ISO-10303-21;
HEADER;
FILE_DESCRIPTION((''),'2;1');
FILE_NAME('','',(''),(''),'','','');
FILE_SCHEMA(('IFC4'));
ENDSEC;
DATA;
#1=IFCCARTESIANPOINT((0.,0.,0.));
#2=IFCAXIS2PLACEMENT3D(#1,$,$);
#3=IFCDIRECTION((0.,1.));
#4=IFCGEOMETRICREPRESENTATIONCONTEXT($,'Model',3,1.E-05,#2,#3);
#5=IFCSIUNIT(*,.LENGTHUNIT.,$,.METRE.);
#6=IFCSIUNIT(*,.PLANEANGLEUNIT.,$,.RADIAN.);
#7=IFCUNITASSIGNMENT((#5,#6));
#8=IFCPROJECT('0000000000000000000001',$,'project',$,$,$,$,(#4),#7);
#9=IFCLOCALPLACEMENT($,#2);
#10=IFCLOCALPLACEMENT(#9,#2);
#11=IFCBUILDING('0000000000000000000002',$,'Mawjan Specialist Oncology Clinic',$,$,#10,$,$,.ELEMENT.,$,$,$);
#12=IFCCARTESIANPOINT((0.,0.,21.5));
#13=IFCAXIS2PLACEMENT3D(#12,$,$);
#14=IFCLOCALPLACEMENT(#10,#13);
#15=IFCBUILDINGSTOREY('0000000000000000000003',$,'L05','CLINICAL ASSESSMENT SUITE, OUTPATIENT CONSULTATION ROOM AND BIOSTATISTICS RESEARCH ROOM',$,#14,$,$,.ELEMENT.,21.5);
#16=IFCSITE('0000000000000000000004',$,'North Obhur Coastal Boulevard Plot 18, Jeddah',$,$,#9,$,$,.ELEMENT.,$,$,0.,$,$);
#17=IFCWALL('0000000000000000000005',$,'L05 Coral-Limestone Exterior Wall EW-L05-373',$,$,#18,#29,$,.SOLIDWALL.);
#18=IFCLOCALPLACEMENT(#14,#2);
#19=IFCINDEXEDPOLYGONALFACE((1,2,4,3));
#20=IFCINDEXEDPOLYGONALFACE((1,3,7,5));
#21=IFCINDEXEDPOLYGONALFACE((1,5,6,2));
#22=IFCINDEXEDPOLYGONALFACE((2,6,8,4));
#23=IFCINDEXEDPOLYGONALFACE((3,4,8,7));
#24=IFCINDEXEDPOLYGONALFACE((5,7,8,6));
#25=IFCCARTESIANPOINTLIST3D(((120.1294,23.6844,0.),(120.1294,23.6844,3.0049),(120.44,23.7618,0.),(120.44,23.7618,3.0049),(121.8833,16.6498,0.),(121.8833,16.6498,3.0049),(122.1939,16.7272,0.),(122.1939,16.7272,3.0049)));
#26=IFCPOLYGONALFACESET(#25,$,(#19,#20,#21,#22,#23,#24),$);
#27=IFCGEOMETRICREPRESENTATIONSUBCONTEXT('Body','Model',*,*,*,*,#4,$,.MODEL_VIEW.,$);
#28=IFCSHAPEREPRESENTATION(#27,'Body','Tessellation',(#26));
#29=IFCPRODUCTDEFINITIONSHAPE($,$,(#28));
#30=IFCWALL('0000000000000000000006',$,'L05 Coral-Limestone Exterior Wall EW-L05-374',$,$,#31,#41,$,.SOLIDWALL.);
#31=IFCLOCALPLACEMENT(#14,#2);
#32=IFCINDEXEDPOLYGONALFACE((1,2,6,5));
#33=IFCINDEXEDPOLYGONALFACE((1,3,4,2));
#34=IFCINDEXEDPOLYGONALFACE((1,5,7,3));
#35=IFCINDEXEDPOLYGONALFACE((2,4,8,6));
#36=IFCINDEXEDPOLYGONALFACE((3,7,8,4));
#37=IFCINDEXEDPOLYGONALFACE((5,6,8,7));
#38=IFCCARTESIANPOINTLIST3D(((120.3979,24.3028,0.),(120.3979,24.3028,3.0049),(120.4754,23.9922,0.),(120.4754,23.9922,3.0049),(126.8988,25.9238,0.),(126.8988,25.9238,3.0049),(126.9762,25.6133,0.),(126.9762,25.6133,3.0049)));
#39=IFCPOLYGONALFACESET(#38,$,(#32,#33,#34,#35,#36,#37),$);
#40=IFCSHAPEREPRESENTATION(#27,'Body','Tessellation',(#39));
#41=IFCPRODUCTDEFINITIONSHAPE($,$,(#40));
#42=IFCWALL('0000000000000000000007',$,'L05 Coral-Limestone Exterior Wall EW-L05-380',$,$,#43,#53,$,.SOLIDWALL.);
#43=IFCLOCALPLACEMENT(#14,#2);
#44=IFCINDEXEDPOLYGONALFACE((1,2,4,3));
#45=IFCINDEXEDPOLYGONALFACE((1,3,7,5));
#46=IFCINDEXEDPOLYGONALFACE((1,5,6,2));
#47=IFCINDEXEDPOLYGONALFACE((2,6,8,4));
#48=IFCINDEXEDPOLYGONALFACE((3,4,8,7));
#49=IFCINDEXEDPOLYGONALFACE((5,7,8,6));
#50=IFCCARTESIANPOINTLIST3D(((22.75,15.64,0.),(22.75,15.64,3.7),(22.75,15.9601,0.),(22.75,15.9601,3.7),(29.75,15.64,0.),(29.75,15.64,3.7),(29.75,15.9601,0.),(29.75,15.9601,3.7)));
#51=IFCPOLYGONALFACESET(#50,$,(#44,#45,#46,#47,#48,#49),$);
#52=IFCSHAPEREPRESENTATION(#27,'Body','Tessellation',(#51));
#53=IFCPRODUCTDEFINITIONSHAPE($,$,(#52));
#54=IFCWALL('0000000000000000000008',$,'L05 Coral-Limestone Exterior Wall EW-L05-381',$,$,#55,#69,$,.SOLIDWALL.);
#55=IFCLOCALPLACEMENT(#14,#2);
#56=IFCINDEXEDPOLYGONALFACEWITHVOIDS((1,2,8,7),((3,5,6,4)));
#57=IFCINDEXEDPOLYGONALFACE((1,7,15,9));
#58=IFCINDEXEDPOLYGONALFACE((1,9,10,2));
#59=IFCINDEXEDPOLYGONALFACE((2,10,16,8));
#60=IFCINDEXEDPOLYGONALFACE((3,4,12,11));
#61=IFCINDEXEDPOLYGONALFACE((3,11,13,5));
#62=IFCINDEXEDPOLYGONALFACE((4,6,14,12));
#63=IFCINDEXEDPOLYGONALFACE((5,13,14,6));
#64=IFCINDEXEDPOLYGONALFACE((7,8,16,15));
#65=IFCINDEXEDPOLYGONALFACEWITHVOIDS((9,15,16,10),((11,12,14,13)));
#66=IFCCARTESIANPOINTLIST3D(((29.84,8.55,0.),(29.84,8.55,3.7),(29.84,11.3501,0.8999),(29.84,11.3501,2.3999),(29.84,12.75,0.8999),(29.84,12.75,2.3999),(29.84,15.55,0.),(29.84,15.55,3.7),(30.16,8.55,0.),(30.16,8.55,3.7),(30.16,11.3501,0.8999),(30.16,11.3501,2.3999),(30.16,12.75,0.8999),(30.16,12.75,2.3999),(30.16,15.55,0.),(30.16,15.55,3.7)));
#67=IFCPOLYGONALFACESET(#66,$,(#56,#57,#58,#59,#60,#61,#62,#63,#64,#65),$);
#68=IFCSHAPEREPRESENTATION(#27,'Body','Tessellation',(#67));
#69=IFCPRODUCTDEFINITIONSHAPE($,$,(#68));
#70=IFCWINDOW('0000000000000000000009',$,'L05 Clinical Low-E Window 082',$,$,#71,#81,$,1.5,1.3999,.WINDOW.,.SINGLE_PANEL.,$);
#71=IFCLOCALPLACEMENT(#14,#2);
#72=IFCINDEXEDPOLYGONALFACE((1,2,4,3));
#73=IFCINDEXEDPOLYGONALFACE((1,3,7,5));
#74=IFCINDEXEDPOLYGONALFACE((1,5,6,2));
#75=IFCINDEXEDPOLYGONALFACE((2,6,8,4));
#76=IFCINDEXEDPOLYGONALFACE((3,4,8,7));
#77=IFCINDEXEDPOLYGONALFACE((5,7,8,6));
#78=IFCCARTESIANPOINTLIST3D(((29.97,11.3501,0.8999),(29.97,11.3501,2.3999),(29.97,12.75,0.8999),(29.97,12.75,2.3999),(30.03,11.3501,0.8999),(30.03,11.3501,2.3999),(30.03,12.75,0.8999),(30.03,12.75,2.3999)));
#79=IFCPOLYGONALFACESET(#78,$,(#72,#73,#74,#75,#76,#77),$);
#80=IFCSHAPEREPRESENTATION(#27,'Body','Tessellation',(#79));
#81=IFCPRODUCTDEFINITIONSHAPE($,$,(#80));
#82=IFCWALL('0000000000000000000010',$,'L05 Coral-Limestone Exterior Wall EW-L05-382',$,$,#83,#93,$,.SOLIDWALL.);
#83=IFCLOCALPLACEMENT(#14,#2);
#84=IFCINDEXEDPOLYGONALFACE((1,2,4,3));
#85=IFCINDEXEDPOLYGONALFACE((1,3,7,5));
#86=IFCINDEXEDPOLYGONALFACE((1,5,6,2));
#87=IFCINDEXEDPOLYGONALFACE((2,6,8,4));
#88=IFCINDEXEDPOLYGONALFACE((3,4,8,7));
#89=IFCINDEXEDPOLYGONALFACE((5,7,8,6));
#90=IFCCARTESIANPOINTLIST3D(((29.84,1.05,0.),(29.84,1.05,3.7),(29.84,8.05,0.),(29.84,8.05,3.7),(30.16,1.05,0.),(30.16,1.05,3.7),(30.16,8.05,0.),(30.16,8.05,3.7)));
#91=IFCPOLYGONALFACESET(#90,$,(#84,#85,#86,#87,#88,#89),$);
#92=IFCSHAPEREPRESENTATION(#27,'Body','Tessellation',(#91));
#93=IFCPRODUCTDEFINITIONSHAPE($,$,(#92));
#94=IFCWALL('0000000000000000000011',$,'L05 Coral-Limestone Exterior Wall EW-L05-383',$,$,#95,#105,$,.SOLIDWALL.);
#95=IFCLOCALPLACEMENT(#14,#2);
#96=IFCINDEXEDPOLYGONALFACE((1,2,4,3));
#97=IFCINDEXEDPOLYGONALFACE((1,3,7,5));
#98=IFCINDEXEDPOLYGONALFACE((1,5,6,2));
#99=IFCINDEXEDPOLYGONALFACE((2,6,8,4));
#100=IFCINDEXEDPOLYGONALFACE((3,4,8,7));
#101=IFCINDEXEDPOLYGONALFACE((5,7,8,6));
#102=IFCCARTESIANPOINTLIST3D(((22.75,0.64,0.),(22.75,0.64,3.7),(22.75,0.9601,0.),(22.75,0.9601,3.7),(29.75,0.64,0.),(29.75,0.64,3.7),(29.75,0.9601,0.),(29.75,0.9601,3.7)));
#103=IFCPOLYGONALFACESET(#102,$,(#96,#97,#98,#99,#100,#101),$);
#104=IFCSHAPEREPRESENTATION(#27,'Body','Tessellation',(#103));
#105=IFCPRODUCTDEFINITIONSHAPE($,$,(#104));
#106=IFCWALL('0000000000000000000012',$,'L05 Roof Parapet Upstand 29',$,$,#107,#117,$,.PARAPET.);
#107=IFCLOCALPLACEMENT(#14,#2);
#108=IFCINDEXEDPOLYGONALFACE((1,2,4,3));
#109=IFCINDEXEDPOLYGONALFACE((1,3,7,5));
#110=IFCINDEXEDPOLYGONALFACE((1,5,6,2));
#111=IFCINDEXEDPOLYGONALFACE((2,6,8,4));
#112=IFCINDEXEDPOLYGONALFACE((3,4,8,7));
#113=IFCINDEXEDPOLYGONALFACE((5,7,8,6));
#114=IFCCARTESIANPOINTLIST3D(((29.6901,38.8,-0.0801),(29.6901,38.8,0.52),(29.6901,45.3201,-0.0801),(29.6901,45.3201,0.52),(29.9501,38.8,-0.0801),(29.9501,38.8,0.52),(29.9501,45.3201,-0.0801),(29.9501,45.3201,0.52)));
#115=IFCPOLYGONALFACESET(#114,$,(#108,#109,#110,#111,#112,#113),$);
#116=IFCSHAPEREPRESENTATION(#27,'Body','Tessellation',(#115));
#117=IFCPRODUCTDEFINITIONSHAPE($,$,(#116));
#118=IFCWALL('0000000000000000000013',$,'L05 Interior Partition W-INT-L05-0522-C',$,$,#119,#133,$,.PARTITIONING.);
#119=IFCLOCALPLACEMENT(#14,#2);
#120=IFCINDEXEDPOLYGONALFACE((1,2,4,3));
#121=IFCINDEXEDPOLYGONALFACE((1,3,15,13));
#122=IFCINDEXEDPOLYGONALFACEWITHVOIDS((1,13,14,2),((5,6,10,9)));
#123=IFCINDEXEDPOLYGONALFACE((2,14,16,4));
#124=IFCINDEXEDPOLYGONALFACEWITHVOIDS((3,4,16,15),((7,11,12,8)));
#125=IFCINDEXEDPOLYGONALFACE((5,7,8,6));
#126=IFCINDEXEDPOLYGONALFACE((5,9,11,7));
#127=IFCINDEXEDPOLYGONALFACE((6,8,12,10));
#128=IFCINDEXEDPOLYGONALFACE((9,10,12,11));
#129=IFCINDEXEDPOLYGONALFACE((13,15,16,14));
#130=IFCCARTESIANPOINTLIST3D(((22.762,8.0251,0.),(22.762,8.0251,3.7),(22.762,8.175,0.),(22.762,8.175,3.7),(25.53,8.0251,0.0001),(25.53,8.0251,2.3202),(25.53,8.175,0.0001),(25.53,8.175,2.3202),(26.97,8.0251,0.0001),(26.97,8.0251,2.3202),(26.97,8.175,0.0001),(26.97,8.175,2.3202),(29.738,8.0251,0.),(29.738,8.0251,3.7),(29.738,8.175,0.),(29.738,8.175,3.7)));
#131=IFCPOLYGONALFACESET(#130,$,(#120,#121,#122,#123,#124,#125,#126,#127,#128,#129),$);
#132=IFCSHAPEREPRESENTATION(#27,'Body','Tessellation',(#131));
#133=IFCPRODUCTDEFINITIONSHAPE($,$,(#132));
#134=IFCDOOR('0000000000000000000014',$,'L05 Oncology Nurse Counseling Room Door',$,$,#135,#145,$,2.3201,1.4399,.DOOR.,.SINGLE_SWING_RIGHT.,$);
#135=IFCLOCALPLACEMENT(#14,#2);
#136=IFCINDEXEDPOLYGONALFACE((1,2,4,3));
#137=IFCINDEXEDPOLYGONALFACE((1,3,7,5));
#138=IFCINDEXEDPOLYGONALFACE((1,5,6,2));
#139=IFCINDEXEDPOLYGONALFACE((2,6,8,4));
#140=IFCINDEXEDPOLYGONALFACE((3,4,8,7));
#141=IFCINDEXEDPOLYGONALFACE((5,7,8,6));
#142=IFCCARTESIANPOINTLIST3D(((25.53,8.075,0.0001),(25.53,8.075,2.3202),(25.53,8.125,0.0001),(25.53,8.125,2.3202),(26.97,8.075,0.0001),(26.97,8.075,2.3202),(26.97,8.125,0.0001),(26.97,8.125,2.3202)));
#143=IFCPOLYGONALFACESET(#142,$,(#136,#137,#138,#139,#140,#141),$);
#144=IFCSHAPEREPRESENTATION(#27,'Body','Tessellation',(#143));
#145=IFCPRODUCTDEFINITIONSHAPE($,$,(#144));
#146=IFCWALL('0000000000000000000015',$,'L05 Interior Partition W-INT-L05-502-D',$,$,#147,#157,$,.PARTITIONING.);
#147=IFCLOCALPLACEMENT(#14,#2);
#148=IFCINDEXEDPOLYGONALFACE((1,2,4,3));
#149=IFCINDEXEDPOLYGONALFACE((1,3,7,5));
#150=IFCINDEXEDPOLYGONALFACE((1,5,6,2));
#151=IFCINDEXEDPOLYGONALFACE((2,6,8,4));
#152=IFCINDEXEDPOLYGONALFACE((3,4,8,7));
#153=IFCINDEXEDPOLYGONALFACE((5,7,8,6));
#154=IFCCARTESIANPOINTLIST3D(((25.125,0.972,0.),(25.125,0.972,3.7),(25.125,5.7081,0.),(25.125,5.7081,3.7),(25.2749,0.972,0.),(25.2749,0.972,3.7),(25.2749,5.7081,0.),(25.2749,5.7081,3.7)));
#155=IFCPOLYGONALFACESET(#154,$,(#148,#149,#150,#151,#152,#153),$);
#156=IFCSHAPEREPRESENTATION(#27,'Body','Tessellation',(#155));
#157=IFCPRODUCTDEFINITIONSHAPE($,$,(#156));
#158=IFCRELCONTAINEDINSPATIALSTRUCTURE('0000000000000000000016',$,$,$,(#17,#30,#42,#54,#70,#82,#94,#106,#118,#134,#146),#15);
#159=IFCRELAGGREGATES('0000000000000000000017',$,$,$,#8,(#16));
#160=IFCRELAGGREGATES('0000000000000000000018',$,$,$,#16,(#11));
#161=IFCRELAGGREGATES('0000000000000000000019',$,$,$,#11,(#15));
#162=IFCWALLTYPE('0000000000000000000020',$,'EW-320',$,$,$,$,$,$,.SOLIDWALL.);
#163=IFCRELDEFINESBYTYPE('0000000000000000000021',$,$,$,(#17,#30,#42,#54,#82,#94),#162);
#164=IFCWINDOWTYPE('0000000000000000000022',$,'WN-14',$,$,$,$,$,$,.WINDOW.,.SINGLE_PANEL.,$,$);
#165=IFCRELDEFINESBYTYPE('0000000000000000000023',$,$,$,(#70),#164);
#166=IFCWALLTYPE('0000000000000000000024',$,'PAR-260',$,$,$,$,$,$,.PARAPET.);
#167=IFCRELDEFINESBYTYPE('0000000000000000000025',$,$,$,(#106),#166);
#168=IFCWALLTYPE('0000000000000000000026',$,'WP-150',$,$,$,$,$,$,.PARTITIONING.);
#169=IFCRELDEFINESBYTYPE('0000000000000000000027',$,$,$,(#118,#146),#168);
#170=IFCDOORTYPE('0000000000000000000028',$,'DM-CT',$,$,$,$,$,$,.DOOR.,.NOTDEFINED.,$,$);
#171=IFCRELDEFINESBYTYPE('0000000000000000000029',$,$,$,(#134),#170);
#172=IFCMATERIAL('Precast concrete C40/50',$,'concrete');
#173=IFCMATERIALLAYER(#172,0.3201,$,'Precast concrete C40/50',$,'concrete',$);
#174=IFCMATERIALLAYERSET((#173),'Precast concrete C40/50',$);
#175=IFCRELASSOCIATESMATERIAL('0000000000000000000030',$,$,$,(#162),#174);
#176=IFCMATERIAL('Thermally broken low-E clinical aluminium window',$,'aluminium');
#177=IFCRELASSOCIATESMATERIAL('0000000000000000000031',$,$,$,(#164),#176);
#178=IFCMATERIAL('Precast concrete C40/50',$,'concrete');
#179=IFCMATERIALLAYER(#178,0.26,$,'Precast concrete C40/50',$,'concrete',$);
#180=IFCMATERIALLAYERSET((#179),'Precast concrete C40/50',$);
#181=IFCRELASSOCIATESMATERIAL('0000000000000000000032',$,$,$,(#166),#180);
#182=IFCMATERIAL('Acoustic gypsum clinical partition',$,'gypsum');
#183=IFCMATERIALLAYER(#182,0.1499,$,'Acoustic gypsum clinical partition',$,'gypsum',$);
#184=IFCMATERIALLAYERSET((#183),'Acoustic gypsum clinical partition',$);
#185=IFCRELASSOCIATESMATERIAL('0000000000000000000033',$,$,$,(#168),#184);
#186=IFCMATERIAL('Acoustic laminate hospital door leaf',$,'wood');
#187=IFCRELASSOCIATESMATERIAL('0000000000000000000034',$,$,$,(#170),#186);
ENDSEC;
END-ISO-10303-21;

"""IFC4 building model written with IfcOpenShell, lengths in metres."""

from ifc_helpers import new_model, si_unit, direction, frame, frame_2d, origin, place, context, subcontext, project, spatial, rectangle, extrude, material, layer, layer_set, type_object, element, fill, save


model = new_model("IFC4")

# Units and contexts
model_context = context("Model", 3, precision=1e-05, world=origin(), true_north=direction((0.0, 1.0)))
body_context = subcontext(model_context, "Body", "Model", "MODEL_VIEW")
ifc_project = project(units=[si_unit("LENGTHUNIT", "METRE"), si_unit("PLANEANGLEUNIT", "RADIAN")], contexts=[model_context])

# Site, building, storey
site_placement = place(None, origin())
site = spatial("IfcSite", under=ifc_project, at=site_placement, Name="North Obhur Coastal Boulevard Plot 18, Jeddah", CompositionType="ELEMENT", RefElevation=0.0)
building_placement = place(site_placement, origin())
building = spatial("IfcBuilding", under=site, at=building_placement, Name="Mawjan Specialist Oncology Clinic", CompositionType="ELEMENT")
storey_placement = place(building_placement, frame((0.0, 0.0, 21.5)))
storey = spatial("IfcBuildingStorey", under=building, at=storey_placement, Name="L05", Description="CLINICAL ASSESSMENT SUITE, OUTPATIENT CONSULTATION ROOM AND BIOSTATISTICS RESEARCH ROOM", CompositionType="ELEMENT", Elevation=21.5)

# Walls
ifc_material_1 = material(Name="Precast concrete C40/50", Category="concrete")
ifc_layer_1 = layer(ifc_material_1, 0.3201, Name="Precast concrete C40/50", Category="concrete")
ifc_layer_set_1 = layer_set([ifc_layer_1], Name="Precast concrete C40/50")
wall_type_1 = type_object("IfcWallType", Name="EW-320", PredefinedType="SOLIDWALL", material=ifc_layer_set_1)
wall_1_placement = place(storey_placement, frame((122.0386, 16.6885, 0.0), z_axis=(0.0, 0.0, 1.0), x_axis=(-0.241918, 0.970297, 0.0)))
element("IfcWall", 1, at=wall_1_placement, inside=storey, type_object=wall_type_1, Name="L05 Coral-Limestone Exterior Wall EW-L05-373", PredefinedType="SOLIDWALL", context=body_context, shape_type="SweptSolid", body=[
    extrude(rectangle(XDim=7.25, YDim=0.3201, at=frame_2d((3.625, 0.0))), origin(), (0.0, 0.0, 1.0), 3.0049),
])
wall_2_placement = place(storey_placement, frame((120.4365, 24.1475, 0.0), z_axis=(0.0, 0.0, 1.0), x_axis=(0.970288, 0.241953, 0.0)))
element("IfcWall", 2, at=wall_2_placement, inside=storey, type_object=wall_type_1, Name="L05 Coral-Limestone Exterior Wall EW-L05-374", PredefinedType="SOLIDWALL", context=body_context, shape_type="SweptSolid", body=[
    extrude(rectangle(XDim=6.7, YDim=0.3201, at=frame_2d((3.3501, 0.0))), origin(), (0.0, 0.0, 1.0), 3.0049),
])
wall_3_placement = place(storey_placement, frame((22.75, 15.8, 0.0), z_axis=(0.0, 0.0, 1.0), x_axis=(1.0, 0.0, 0.0)))
element("IfcWall", 3, at=wall_3_placement, inside=storey, type_object=wall_type_1, Name="L05 Coral-Limestone Exterior Wall EW-L05-380", PredefinedType="SOLIDWALL", context=body_context, shape_type="SweptSolid", body=[
    extrude(rectangle(XDim=7.0, YDim=0.3201, at=frame_2d((3.5, 0.0))), origin(), (0.0, 0.0, 1.0), 3.7),
])

# Wall, opening, window
wall_4_placement = place(storey_placement, frame((30.0, 15.55, 0.0), z_axis=(0.0, 0.0, 1.0), x_axis=(0.0, -1.0, 0.0)))
wall_4 = element("IfcWall", 4, at=wall_4_placement, inside=storey, type_object=wall_type_1, Name="L05 Coral-Limestone Exterior Wall EW-L05-381", PredefinedType="SOLIDWALL", context=body_context, shape_type="SweptSolid", body=[
    extrude(rectangle(XDim=7.0, YDim=0.3201, at=frame_2d((3.5, 0.0))), origin(), (0.0, 0.0, 1.0), 3.7),
])
opening_1_placement = place(wall_4_placement, frame((2.8, 0.0, 0.8999)))
opening_1 = element("IfcOpeningElement", 5, at=opening_1_placement, cuts=wall_4, PredefinedType="OPENING", context=body_context, shape_type="SweptSolid", body=[
    extrude(rectangle(XDim=1.3999, YDim=1.5, at=frame_2d((0.7, 0.75))), frame((0.0, 0.1721, 0.0), z_axis=(0.0, -1.0, 0.0), x_axis=(1.0, 0.0, 0.0)), (0.0, 0.0, 1.0), 0.344),
])
ifc_material_2 = material(Name="Thermally broken low-E clinical aluminium window", Category="aluminium")
window_type = type_object("IfcWindowType", Name="WN-14", PartitioningType="SINGLE_PANEL", PredefinedType="WINDOW", material=ifc_material_2)
window_placement = place(opening_1_placement, origin())
window = element("IfcWindow", 6, at=window_placement, inside=storey, type_object=window_type, Name="L05 Clinical Low-E Window 082", OverallHeight=1.5, OverallWidth=1.3999, PartitioningType="SINGLE_PANEL", PredefinedType="WINDOW", context=body_context, shape_type="SweptSolid", body=[
    extrude(rectangle(XDim=1.3999, YDim=1.5, at=frame_2d((0.7, 0.75))), frame((0.0, 0.03, 0.0), z_axis=(0.0, -1.0, 0.0), x_axis=(1.0, 0.0, 0.0)), (0.0, 0.0, 1.0), 0.0601),
])
fill(opening_1, window)

# Walls
for number, where, z_axis, x_axis, name in (
    (7, (30.0, 8.05, 0.0), (0.0, 0.0, 1.0), (0.0, -1.0, 0.0), "L05 Coral-Limestone Exterior Wall EW-L05-382"),
    (8, (29.75, 0.8, 0.0), (0.0, 0.0, 1.0), (-1.0, 0.0, 0.0), "L05 Coral-Limestone Exterior Wall EW-L05-383"),
):
    element("IfcWall", number, at=place(storey_placement, frame(where, z_axis=z_axis, x_axis=x_axis)), inside=storey, type_object=wall_type_1, Name=name, PredefinedType="SOLIDWALL", context=body_context, shape_type="SweptSolid", body=[
        extrude(rectangle(XDim=7.0, YDim=0.3201, at=frame_2d((3.5, 0.0))), origin(), (0.0, 0.0, 1.0), 3.7),
    ])
ifc_material_3 = material(Name="Precast concrete C40/50", Category="concrete")
ifc_layer_2 = layer(ifc_material_3, 0.26, Name="Precast concrete C40/50", Category="concrete")
ifc_layer_set_2 = layer_set([ifc_layer_2], Name="Precast concrete C40/50")
wall_type_2 = type_object("IfcWallType", Name="PAR-260", PredefinedType="PARAPET", material=ifc_layer_set_2)
wall_5_placement = place(storey_placement, frame((29.8201, 45.3201, -0.0801), z_axis=(0.0, 0.0, 1.0), x_axis=(0.0, -1.0, 0.0)))
element("IfcWall", 9, at=wall_5_placement, inside=storey, type_object=wall_type_2, Name="L05 Roof Parapet Upstand 29", PredefinedType="PARAPET", context=body_context, shape_type="SweptSolid", body=[
    extrude(rectangle(XDim=6.52, YDim=0.26, at=frame_2d((3.26, 0.0))), origin(), (0.0, 0.0, 1.0), 0.6001),
])

# Wall, opening, door
ifc_material_4 = material(Name="Acoustic gypsum clinical partition", Category="gypsum")
ifc_layer_3 = layer(ifc_material_4, 0.1499, Name="Acoustic gypsum clinical partition", Category="gypsum")
ifc_layer_set_3 = layer_set([ifc_layer_3], Name="Acoustic gypsum clinical partition")
wall_type_3 = type_object("IfcWallType", Name="WP-150", PredefinedType="PARTITIONING", material=ifc_layer_set_3)
wall_6_placement = place(storey_placement, frame((22.762, 8.1001, 0.0), z_axis=(0.0, 0.0, 1.0), x_axis=(1.0, 0.0, 0.0)))
wall_6 = element("IfcWall", 10, at=wall_6_placement, inside=storey, type_object=wall_type_3, Name="L05 Interior Partition W-INT-L05-0522-C", PredefinedType="PARTITIONING", context=body_context, shape_type="SweptSolid", body=[
    extrude(rectangle(XDim=6.9761, YDim=0.1499, at=frame_2d((3.488, 0.0))), origin(), (0.0, 0.0, 1.0), 3.7),
])
opening_2_placement = place(wall_6_placement, frame((2.7681, 0.0, 0.0)))
opening_2 = element("IfcOpeningElement", 11, at=opening_2_placement, cuts=wall_6, PredefinedType="OPENING", context=body_context, shape_type="SweptSolid", body=[
    extrude(rectangle(XDim=1.4399, YDim=2.3201, at=frame_2d((0.72, 1.1602))), frame((0.0, 0.0869, 0.0), z_axis=(0.0, -1.0, 0.0), x_axis=(1.0, 0.0, 0.0)), (0.0, 0.0, 1.0), 0.1738),
])
ifc_material_5 = material(Name="Acoustic laminate hospital door leaf", Category="wood")
door_type_1 = type_object("IfcDoorType", Name="DM-CT", OperationType="NOTDEFINED", PredefinedType="DOOR", material=ifc_material_5)
door_1_placement = place(opening_2_placement, origin())
door_1 = element("IfcDoor", 12, at=door_1_placement, inside=storey, type_object=door_type_1, Name="L05 Oncology Nurse Counseling Room Door", OperationType="SINGLE_SWING_RIGHT", OverallHeight=2.3201, OverallWidth=1.4399, PredefinedType="DOOR", context=body_context, shape_type="SweptSolid", body=[
    extrude(rectangle(XDim=1.4399, YDim=2.3201, at=frame_2d((0.72, 1.1602))), frame((0.0, 0.0249, 0.0), z_axis=(0.0, -1.0, 0.0), x_axis=(1.0, 0.0, 0.0)), (0.0, 0.0, 1.0), 0.05),
])
fill(opening_2, door_1)

# Wall
wall_7_placement = place(storey_placement, frame((25.2, 0.9719, 0.0), z_axis=(0.0, 0.0, 1.0), x_axis=(0.0, 1.0, 0.0)))
element("IfcWall", 13, at=wall_7_placement, inside=storey, type_object=wall_type_3, Name="L05 Interior Partition W-INT-L05-502-D", PredefinedType="PARTITIONING", context=body_context, shape_type="SweptSolid", body=[
    extrude(rectangle(XDim=4.7361, YDim=0.1499, at=frame_2d((2.3682, 0.0))), origin(), (0.0, 0.0, 1.0), 3.7),
])

save(model, "model.ifc")
